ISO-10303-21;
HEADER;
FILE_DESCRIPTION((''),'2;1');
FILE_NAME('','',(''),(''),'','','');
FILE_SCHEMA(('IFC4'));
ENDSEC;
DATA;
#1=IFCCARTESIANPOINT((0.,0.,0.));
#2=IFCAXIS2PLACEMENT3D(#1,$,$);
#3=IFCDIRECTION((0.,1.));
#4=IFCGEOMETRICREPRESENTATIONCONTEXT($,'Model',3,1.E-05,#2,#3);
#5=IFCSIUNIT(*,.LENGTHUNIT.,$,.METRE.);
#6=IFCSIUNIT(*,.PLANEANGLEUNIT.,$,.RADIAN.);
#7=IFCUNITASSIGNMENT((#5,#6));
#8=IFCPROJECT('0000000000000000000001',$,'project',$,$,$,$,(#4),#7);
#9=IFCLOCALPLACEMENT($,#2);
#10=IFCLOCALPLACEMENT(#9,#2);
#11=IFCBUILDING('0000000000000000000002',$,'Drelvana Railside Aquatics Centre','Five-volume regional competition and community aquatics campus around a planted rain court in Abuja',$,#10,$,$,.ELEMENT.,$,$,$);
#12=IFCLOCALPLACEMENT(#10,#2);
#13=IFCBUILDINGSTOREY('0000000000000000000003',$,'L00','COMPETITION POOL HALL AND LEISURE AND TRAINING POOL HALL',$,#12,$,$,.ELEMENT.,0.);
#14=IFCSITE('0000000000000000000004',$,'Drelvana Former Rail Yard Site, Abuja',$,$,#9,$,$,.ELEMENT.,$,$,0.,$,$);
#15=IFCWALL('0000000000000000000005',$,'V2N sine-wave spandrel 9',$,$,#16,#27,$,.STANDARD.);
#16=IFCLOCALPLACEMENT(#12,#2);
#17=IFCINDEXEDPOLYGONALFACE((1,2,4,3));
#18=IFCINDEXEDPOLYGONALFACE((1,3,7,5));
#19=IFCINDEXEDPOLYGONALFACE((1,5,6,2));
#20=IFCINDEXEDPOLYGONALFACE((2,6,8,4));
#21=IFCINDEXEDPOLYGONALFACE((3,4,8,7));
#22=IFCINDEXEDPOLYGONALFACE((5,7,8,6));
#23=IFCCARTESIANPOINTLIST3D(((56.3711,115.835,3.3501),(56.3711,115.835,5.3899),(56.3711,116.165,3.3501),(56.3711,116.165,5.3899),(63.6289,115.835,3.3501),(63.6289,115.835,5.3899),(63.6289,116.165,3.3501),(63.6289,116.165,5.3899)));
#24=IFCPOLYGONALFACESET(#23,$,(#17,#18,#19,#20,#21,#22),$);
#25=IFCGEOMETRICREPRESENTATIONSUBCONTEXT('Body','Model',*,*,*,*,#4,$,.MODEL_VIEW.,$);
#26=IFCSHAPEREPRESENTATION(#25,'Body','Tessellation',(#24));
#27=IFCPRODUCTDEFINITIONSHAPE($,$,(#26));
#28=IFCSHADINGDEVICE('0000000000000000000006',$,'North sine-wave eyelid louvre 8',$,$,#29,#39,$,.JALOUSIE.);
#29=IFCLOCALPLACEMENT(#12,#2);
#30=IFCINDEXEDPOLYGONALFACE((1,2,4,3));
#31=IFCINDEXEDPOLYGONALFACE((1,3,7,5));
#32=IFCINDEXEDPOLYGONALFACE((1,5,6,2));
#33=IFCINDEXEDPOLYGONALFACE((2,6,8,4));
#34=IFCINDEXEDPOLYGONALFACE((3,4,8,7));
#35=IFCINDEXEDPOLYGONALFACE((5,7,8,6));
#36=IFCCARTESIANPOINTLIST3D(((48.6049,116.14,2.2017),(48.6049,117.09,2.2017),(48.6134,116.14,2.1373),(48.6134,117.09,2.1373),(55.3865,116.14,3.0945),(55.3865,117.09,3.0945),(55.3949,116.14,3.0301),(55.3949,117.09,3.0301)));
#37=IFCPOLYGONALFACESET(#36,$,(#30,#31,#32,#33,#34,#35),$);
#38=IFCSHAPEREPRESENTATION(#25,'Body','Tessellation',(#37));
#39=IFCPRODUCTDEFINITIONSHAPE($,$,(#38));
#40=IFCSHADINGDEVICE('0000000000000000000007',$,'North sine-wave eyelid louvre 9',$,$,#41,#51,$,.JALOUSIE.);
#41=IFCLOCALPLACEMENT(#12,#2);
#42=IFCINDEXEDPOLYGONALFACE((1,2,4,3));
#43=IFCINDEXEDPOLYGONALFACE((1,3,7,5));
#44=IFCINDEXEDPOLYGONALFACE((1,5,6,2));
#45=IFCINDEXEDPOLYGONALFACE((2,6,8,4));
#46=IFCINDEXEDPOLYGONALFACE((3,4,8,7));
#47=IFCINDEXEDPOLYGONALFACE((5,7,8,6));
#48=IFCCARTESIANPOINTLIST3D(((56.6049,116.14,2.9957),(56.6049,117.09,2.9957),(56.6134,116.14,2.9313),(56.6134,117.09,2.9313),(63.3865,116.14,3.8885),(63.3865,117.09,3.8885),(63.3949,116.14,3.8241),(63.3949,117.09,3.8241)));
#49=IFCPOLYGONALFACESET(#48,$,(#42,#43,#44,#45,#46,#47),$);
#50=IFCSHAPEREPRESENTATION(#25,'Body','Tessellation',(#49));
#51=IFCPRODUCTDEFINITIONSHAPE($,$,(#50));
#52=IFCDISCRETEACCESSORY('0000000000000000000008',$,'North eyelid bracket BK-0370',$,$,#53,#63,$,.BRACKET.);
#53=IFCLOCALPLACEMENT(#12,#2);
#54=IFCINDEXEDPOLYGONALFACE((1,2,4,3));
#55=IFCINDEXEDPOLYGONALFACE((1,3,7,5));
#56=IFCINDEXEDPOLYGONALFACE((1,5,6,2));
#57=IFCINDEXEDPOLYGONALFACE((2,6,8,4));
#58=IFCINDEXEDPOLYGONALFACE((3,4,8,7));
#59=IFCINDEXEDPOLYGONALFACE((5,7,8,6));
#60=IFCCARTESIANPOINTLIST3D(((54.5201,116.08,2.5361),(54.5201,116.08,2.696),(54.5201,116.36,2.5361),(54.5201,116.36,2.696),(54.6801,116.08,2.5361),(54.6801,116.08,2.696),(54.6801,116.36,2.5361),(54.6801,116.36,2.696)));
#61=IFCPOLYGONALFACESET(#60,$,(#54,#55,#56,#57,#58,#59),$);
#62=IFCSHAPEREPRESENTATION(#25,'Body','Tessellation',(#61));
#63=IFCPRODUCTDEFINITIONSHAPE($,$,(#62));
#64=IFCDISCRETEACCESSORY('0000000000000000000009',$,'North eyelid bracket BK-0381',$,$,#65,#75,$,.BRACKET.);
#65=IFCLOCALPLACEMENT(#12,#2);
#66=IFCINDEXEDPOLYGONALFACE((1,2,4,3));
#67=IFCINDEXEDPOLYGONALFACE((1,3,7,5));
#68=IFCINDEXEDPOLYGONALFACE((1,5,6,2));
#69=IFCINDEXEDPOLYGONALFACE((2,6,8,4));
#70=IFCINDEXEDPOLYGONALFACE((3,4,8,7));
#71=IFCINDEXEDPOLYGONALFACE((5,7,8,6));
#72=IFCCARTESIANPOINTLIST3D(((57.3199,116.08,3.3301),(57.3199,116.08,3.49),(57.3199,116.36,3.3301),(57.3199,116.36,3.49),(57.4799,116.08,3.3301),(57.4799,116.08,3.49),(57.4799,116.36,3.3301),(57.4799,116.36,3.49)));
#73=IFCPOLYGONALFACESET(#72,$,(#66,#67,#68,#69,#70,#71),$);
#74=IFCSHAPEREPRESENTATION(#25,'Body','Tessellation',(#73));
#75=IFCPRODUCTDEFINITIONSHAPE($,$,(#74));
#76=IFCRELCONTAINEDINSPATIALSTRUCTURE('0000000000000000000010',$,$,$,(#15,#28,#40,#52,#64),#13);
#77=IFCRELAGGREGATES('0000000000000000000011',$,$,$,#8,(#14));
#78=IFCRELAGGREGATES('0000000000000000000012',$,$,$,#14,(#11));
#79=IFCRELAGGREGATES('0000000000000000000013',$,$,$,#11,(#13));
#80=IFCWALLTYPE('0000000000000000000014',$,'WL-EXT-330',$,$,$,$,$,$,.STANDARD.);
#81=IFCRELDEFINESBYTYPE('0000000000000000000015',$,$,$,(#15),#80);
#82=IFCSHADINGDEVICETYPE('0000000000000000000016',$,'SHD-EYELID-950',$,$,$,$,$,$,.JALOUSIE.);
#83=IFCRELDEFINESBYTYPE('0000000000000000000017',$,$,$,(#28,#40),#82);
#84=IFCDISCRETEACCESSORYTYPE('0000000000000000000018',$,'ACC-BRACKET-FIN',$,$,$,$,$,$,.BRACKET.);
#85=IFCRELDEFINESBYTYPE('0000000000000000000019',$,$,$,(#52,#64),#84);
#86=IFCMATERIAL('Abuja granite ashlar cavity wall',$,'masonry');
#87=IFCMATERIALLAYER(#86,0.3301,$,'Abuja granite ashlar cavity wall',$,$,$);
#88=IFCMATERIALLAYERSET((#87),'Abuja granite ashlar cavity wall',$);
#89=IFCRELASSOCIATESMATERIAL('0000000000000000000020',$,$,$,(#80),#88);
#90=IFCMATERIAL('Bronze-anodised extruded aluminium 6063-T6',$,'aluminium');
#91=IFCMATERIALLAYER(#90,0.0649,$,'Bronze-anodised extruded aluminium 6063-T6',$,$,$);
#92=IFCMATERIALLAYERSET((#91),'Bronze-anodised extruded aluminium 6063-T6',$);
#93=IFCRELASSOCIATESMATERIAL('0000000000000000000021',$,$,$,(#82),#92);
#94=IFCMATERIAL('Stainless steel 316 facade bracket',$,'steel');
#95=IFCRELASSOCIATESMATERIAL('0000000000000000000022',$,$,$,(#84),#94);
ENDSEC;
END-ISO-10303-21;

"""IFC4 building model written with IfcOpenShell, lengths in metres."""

from ifc_helpers import new_model, si_unit, direction, frame, frame_2d, origin, origin_2d, place, context, subcontext, project, spatial, rectangle, extrude, material, layer, layer_set, type_object, element, save


model = new_model("IFC4")

# Units and contexts
model_context = context("Model", 3, precision=1e-05, world=origin(), true_north=direction((0.0, 1.0)))
body_context = subcontext(model_context, "Body", "Model", "MODEL_VIEW")
ifc_project = project(units=[si_unit("LENGTHUNIT", "METRE"), si_unit("PLANEANGLEUNIT", "RADIAN")], contexts=[model_context])

# Site, building, storey
site_placement = place(None, origin())
site = spatial("IfcSite", under=ifc_project, at=site_placement, Name="Drelvana Former Rail Yard Site, Abuja", CompositionType="ELEMENT", RefElevation=0.0)
building_placement = place(site_placement, origin())
building = spatial("IfcBuilding", under=site, at=building_placement, Name="Drelvana Railside Aquatics Centre", Description="Five-volume regional competition and community aquatics campus around a planted rain court in Abuja", CompositionType="ELEMENT")
storey_placement = place(building_placement, origin())
storey = spatial("IfcBuildingStorey", under=building, at=storey_placement, Name="L00", Description="COMPETITION POOL HALL AND LEISURE AND TRAINING POOL HALL", CompositionType="ELEMENT", Elevation=0.0)

# Wall
ifc_material_1 = material(Name="Abuja granite ashlar cavity wall", Category="masonry")
ifc_layer_1 = layer(ifc_material_1, 0.3301, Name="Abuja granite ashlar cavity wall")
ifc_layer_set_1 = layer_set([ifc_layer_1], Name="Abuja granite ashlar cavity wall")
wall_type = type_object("IfcWallType", Name="WL-EXT-330", PredefinedType="STANDARD", material=ifc_layer_set_1)
wall_1_placement = place(storey_placement, frame((56.3711, 116.0, 3.3501), z_axis=(0.0, 0.0, 1.0), x_axis=(1.0, 0.0, 0.0)))
element("IfcWall", 1, at=wall_1_placement, inside=storey, type_object=wall_type, Name="V2N sine-wave spandrel 9", PredefinedType="STANDARD", context=body_context, shape_type="SweptSolid", body=[
    extrude(rectangle(XDim=7.2578, YDim=0.3301, at=frame_2d((3.6289, 0.0))), origin(), (0.0, 0.0, 1.0), 2.0398),
])

# Shading devices
ifc_material_2 = material(Name="Bronze-anodised extruded aluminium 6063-T6", Category="aluminium")
ifc_layer_2 = layer(ifc_material_2, 0.0649, Name="Bronze-anodised extruded aluminium 6063-T6")
ifc_layer_set_2 = layer_set([ifc_layer_2], Name="Bronze-anodised extruded aluminium 6063-T6")
shading_device_type = type_object("IfcShadingDeviceType", Name="SHD-EYELID-950", PredefinedType="JALOUSIE", material=ifc_layer_set_2)
for number, where, z_axis, x_axis, name in (
    (2, (52.0042, 116.615, 2.5837), (-0.130526, 0.0, 0.991445), (0.0, 1.0, 0.0), "North sine-wave eyelid louvre 8"),
    (3, (60.0042, 116.615, 3.3777), (-0.130526, 0.0, 0.991445), (0.0, 1.0, 0.0), "North sine-wave eyelid louvre 9"),
):
    element("IfcShadingDevice", number, at=place(storey_placement, frame(where, z_axis=z_axis, x_axis=x_axis)), inside=storey, type_object=shading_device_type, Name=name, PredefinedType="JALOUSIE", context=body_context, shape_type="SweptSolid", body=[
        extrude(rectangle(XDim=0.95, YDim=6.8401, at=origin_2d()), origin(), (0.0, 0.0, 1.0), 0.0649),
    ])

# Discrete accessories
ifc_material_3 = material(Name="Stainless steel 316 facade bracket", Category="steel")
discrete_accessory_type = type_object("IfcDiscreteAccessoryType", Name="ACC-BRACKET-FIN", PredefinedType="BRACKET", material=ifc_material_3)
for number, where, z_axis, x_axis, name in (
    (4, (54.6001, 116.22, 2.5361), (0.0, 0.0, 1.0), (1.0, 0.0, 0.0), "North eyelid bracket BK-0370"),
    (5, (57.3999, 116.22, 3.3301), (0.0, 0.0, 1.0), (1.0, 0.0, 0.0), "North eyelid bracket BK-0381"),
):
    element("IfcDiscreteAccessory", number, at=place(storey_placement, frame(where, z_axis=z_axis, x_axis=x_axis)), inside=storey, type_object=discrete_accessory_type, Name=name, PredefinedType="BRACKET", context=body_context, shape_type="SweptSolid", body=[
        extrude(rectangle(XDim=0.1599, YDim=0.28, at=origin_2d()), origin(), (0.0, 0.0, 1.0), 0.1599),
    ])

save(model, "model.ifc")
